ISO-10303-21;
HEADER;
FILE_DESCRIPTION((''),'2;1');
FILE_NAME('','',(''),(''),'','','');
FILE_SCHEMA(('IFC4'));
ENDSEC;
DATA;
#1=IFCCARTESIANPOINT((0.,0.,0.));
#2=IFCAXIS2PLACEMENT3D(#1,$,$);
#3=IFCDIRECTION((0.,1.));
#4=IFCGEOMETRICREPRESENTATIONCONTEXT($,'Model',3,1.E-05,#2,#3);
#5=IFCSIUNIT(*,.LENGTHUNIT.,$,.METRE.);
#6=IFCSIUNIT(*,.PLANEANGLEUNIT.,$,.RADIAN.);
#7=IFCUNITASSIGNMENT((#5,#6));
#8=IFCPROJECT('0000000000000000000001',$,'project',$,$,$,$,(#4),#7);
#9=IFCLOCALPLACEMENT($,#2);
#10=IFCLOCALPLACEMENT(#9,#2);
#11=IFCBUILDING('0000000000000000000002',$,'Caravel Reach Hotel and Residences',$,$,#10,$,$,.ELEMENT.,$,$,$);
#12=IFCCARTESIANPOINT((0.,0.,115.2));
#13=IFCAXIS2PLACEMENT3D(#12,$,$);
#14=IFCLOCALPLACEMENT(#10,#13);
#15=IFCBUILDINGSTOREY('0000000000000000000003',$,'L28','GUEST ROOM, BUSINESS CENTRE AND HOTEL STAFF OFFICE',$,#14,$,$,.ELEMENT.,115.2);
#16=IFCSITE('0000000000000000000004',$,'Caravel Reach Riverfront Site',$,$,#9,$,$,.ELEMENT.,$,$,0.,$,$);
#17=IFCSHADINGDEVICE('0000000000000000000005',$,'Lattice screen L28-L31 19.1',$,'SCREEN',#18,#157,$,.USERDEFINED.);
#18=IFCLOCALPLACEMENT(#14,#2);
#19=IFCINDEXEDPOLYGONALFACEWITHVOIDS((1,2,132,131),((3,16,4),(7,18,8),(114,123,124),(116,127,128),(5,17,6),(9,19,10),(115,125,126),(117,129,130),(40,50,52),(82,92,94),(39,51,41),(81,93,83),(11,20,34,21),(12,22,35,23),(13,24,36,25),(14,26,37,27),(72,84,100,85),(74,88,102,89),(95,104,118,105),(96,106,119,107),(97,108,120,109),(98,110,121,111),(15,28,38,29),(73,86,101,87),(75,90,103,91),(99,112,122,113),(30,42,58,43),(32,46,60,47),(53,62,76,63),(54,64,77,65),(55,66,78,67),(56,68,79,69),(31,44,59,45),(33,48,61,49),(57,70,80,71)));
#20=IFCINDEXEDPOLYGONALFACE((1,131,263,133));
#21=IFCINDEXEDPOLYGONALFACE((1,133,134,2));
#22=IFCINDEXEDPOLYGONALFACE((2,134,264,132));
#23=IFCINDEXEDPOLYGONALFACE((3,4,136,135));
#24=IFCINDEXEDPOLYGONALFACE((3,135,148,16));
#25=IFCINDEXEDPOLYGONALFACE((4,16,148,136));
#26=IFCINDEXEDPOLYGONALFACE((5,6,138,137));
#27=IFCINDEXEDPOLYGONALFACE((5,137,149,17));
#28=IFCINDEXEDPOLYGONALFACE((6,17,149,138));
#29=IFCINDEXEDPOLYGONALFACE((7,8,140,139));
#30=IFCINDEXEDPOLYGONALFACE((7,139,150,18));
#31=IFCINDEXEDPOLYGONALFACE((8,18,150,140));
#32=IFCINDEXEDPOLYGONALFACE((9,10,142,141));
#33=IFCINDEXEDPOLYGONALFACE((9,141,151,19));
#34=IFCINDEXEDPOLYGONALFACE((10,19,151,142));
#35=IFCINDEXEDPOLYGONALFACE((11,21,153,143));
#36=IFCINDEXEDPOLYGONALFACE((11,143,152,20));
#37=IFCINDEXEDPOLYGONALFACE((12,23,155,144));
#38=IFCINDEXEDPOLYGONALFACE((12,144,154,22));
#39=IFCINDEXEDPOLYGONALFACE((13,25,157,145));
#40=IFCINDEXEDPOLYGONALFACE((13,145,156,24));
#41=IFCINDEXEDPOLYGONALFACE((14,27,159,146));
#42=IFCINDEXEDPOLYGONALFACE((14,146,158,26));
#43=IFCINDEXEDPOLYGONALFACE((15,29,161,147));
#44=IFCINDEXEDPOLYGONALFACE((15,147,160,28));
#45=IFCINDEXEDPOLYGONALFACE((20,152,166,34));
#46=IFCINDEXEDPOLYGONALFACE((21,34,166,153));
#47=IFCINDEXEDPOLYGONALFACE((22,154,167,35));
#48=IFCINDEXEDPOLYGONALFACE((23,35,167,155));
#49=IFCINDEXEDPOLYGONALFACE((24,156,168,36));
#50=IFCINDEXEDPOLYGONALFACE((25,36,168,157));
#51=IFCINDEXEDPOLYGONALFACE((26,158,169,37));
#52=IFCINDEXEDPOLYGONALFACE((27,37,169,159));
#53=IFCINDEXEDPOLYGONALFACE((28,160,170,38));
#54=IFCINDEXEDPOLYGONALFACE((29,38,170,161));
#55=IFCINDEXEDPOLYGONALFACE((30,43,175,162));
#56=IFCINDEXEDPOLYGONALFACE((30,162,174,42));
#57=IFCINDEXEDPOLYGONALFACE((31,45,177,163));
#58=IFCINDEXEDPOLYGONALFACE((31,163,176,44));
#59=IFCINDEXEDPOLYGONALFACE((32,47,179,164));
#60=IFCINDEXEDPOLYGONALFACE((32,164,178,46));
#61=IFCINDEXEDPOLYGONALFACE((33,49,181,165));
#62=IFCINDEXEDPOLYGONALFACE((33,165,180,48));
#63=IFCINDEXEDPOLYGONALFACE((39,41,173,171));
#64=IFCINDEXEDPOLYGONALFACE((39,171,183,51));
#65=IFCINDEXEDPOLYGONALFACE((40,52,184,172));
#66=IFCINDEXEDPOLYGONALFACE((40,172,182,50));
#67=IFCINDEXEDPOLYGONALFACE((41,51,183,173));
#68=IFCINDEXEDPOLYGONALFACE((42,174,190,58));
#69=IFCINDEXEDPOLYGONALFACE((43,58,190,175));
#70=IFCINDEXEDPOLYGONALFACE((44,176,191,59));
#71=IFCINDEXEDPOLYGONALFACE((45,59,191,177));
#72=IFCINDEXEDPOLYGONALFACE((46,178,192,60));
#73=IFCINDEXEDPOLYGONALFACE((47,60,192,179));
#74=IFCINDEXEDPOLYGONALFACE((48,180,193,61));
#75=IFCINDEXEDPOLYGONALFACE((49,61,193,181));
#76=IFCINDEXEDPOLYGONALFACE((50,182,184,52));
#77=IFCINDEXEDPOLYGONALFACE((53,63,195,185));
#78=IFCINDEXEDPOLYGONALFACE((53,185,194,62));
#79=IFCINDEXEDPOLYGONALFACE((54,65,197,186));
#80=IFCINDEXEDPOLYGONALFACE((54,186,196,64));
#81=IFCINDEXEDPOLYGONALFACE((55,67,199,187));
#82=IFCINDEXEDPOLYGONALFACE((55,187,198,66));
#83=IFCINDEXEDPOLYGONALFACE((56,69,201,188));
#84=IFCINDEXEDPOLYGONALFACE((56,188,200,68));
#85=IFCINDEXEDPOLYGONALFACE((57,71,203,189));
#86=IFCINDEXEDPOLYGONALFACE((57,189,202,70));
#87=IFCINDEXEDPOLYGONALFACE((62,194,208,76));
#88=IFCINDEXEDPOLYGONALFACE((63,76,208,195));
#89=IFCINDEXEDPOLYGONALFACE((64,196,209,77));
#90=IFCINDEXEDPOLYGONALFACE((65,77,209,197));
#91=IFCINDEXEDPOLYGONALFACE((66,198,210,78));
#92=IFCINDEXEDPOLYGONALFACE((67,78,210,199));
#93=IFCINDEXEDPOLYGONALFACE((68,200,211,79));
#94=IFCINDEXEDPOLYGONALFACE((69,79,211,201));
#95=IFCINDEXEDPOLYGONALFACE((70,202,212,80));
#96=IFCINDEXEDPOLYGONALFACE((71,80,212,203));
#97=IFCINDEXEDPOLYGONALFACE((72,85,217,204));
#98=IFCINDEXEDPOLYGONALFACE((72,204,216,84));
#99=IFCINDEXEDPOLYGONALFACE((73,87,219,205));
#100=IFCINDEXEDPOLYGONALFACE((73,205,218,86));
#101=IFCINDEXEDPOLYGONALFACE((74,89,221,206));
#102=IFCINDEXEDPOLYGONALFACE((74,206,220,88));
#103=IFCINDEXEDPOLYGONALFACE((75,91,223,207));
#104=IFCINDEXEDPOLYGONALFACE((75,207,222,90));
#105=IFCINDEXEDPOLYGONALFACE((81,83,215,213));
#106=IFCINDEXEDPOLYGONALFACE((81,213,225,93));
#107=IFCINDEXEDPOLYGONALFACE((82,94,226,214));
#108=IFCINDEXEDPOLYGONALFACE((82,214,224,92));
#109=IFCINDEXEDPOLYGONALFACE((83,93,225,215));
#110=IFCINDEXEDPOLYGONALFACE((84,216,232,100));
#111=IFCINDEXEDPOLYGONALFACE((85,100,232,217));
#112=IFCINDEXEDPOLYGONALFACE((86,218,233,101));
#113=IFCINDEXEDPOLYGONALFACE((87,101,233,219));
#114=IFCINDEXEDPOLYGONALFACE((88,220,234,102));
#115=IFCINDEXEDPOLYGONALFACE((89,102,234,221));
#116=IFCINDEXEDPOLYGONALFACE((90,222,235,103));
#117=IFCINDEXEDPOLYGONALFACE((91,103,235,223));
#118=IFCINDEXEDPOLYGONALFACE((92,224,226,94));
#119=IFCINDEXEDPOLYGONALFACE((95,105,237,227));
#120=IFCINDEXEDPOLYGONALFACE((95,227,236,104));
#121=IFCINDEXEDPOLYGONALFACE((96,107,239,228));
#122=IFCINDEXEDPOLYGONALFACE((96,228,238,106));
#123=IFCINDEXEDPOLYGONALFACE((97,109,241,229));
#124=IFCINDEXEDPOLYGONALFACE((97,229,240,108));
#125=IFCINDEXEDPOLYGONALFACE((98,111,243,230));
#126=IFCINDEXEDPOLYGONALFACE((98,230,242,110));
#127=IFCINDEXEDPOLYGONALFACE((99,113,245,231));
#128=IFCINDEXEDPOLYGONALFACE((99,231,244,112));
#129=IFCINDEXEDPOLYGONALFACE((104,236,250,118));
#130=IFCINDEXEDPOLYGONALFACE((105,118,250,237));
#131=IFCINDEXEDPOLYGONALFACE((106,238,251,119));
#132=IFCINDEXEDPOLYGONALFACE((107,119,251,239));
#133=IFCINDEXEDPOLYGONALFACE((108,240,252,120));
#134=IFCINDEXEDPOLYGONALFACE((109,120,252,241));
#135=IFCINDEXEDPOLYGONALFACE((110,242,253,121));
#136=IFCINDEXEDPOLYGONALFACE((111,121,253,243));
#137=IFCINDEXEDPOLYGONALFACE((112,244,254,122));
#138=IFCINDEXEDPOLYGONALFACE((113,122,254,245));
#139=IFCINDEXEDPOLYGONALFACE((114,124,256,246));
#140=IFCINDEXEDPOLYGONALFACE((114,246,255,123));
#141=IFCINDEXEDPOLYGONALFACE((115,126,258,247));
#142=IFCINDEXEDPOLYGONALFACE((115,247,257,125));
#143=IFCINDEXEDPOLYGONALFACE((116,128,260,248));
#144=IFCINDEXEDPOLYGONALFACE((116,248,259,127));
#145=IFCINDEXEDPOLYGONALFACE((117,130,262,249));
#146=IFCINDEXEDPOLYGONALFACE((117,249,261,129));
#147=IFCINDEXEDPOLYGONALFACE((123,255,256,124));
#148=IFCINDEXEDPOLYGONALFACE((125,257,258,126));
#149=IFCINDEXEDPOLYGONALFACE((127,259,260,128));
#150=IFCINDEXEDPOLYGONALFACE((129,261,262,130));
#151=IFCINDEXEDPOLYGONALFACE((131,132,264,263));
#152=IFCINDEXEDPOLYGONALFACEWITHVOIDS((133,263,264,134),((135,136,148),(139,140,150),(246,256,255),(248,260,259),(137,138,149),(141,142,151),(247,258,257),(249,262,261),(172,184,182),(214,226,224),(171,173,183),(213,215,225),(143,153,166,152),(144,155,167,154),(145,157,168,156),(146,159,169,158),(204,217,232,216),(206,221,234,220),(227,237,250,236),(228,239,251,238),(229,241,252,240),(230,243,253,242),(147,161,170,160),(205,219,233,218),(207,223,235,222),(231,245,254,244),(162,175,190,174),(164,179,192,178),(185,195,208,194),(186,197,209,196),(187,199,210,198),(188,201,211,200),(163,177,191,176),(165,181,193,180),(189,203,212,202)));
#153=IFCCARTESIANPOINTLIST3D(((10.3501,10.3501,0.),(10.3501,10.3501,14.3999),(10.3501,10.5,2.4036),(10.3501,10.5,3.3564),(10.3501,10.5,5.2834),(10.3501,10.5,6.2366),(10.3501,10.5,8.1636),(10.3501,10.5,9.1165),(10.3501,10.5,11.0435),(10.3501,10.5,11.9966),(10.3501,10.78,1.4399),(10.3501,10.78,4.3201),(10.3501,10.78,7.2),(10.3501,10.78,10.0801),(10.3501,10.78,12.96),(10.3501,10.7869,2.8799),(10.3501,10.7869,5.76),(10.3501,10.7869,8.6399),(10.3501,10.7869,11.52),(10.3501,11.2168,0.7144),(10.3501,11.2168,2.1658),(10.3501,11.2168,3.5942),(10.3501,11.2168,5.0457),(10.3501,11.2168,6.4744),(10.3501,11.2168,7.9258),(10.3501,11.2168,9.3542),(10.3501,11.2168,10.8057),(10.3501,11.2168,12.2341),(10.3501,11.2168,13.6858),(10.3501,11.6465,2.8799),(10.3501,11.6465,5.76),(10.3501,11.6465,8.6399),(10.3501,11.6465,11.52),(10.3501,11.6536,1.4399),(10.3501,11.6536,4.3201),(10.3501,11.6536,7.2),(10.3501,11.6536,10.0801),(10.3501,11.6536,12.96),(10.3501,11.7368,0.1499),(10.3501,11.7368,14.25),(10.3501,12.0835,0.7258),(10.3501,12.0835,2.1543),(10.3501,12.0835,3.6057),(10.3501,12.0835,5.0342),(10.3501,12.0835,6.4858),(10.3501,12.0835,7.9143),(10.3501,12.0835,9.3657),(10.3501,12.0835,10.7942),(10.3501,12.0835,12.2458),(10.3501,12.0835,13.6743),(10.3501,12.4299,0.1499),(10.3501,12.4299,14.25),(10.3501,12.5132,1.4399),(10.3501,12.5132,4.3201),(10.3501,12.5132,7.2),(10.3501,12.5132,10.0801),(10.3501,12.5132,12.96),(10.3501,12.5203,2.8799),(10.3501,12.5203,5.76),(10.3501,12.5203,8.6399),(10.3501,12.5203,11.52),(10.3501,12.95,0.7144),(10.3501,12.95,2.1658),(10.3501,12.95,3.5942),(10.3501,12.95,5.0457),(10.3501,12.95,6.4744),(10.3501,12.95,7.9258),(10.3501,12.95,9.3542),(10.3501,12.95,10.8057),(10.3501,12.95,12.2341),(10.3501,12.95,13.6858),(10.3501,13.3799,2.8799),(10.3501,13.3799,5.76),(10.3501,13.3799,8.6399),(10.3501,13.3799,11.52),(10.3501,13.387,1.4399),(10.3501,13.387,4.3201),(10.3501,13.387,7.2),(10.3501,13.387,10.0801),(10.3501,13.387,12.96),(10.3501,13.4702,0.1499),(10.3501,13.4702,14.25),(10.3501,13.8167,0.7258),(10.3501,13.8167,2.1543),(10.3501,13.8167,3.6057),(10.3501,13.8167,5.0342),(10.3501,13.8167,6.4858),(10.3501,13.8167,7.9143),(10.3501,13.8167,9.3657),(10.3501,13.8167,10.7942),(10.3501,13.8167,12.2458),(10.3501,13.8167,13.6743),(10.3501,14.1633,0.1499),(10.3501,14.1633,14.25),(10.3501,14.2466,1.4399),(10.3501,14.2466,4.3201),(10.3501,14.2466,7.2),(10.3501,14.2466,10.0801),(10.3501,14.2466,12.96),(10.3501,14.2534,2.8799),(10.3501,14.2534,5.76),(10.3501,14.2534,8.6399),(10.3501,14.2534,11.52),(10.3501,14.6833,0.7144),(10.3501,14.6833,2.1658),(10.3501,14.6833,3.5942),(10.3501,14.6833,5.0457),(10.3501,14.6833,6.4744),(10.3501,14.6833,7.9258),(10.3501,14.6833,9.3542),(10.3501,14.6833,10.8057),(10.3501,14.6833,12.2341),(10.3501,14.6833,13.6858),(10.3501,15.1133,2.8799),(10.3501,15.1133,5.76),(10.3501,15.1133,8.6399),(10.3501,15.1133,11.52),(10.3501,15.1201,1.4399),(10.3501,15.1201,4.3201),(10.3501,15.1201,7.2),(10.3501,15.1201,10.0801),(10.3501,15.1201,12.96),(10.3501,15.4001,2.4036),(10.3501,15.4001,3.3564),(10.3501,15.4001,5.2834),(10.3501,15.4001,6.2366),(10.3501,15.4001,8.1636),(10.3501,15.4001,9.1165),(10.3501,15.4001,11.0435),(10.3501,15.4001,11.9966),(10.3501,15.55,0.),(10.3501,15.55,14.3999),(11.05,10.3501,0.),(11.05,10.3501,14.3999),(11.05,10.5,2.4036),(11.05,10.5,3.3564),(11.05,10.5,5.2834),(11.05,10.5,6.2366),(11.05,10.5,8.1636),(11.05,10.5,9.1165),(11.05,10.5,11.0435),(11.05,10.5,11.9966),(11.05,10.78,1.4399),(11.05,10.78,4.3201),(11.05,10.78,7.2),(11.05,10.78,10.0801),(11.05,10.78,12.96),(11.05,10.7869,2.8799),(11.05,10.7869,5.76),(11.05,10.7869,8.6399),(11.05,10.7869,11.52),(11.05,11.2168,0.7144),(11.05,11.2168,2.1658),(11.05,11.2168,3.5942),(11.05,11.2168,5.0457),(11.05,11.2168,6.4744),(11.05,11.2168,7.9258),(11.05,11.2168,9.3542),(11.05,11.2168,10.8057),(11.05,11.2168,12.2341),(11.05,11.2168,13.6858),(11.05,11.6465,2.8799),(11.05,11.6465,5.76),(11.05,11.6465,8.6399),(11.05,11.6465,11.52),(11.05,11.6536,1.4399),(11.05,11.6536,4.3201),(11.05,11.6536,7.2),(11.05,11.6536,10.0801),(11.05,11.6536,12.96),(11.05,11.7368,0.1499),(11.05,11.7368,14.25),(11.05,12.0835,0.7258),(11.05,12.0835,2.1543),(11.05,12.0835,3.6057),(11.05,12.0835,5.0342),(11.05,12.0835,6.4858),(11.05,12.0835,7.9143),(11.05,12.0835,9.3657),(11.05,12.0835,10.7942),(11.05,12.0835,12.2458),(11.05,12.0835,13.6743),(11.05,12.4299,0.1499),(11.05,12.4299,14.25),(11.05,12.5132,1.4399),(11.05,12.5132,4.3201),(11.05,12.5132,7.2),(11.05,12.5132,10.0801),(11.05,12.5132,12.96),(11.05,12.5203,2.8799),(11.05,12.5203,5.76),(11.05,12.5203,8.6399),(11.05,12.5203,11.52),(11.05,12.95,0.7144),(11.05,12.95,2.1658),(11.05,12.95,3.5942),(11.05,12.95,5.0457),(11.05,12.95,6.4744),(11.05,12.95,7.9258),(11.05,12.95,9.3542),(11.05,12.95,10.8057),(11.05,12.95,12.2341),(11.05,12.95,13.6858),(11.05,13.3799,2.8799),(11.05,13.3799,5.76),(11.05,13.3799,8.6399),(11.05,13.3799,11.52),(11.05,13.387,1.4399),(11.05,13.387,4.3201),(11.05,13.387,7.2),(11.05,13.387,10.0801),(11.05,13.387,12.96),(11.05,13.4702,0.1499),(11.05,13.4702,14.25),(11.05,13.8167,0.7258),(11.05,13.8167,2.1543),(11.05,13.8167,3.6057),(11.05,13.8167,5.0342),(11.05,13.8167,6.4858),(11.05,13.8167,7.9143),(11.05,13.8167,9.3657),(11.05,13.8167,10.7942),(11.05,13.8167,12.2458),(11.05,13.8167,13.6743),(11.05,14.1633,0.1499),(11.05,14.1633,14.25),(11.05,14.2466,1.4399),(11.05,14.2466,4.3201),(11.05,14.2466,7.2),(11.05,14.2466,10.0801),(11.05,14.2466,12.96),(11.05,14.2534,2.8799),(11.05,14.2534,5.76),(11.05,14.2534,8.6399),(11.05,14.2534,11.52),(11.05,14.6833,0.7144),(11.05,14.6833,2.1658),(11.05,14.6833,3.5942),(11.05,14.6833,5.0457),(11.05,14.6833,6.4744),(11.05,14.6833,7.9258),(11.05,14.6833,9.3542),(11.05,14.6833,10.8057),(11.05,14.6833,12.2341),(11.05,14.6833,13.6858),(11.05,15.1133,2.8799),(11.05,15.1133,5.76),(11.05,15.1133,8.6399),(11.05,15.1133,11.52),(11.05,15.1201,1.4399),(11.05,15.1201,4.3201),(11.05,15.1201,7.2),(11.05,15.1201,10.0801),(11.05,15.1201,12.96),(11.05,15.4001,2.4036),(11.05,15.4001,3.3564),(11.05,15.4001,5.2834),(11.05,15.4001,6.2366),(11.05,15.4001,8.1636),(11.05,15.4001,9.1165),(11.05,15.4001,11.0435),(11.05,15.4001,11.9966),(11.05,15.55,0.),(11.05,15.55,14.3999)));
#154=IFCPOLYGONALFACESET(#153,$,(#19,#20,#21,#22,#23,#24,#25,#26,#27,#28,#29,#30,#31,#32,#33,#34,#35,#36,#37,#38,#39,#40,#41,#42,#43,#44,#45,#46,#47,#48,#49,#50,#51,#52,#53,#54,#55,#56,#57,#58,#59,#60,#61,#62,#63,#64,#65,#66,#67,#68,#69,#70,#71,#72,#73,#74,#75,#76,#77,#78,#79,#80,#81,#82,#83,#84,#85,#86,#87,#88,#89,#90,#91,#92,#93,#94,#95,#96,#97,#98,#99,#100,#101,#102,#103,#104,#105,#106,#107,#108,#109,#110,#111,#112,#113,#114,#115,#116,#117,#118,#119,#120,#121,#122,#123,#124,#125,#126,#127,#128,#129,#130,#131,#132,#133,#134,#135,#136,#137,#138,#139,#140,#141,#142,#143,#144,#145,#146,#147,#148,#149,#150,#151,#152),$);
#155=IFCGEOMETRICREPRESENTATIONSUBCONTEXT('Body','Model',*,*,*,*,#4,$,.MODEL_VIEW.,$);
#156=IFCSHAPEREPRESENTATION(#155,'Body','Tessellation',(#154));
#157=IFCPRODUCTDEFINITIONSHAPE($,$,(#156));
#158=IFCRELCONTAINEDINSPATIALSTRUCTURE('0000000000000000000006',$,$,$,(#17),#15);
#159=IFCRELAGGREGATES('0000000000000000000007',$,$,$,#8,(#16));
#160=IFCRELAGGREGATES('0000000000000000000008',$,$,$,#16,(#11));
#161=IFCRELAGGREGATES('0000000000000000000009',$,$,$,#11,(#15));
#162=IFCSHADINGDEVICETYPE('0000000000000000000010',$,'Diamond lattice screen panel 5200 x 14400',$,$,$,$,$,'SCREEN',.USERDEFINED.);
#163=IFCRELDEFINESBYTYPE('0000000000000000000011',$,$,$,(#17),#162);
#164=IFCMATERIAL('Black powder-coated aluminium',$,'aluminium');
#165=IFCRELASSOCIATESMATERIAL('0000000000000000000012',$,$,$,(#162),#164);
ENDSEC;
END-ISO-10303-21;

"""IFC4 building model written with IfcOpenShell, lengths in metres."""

from ifc_helpers import new_model, si_unit, direction, frame, origin, place, context, subcontext, project, spatial, polyline, outline, extrude, material, type_object, element, save


model = new_model("IFC4")

# Units and contexts
model_context = context("Model", 3, precision=1e-05, world=origin(), true_north=direction((0.0, 1.0)))
body_context = subcontext(model_context, "Body", "Model", "MODEL_VIEW")
ifc_project = project(units=[si_unit("LENGTHUNIT", "METRE"), si_unit("PLANEANGLEUNIT", "RADIAN")], contexts=[model_context])

# Site, building, storey
site_placement = place(None, origin())
site = spatial("IfcSite", under=ifc_project, at=site_placement, Name="Caravel Reach Riverfront Site", CompositionType="ELEMENT", RefElevation=0.0)
building_placement = place(site_placement, origin())
building = spatial("IfcBuilding", under=site, at=building_placement, Name="Caravel Reach Hotel and Residences", CompositionType="ELEMENT")
storey_placement = place(building_placement, frame((0.0, 0.0, 115.2)))
storey = spatial("IfcBuildingStorey", under=building, at=storey_placement, Name="L28", Description="GUEST ROOM, BUSINESS CENTRE AND HOTEL STAFF OFFICE", CompositionType="ELEMENT", Elevation=115.2)

# Shading device
ifc_material_1 = material(Name="Black powder-coated aluminium", Category="aluminium")
shading_device_type_1 = type_object("IfcShadingDeviceType", Name="Diamond lattice screen panel 5200 x 14400", ElementType="SCREEN", PredefinedType="USERDEFINED", material=ifc_material_1)
shading_device_1_placement = place(storey_placement, frame((11.05, 15.55, 0.0), z_axis=(-1.0, 0.0, 0.0), x_axis=(0.0, -1.0, 0.0)))
element("IfcShadingDevice", 1, at=shading_device_1_placement, inside=storey, type_object=shading_device_type_1, Name="Lattice screen L28-L31 19.1", ObjectType="SCREEN", PredefinedType="USERDEFINED", context=body_context, shape_type="SweptSolid", body=[
    extrude(outline(polyline([(0.0, 0.0), (5.2, 0.0), (5.2, 14.3999), (0.0, 14.3999), (0.0, 0.0)]), holes=[polyline([(0.4368, 2.8799), (0.1499, 3.3564), (0.1499, 2.4036), (0.4368, 2.8799)]), polyline([(0.4368, 5.76), (0.1499, 6.2366), (0.1499, 5.2834), (0.4368, 5.76)]), polyline([(0.4368, 8.6399), (0.1499, 9.1165), (0.1499, 8.1636), (0.4368, 8.6399)]), polyline([(0.4368, 11.52), (0.1499, 11.9966), (0.1499, 11.0435), (0.4368, 11.52)]), polyline([(0.8667, 2.1658), (0.4299, 1.4399), (0.8667, 0.7144), (1.3035, 1.4399), (0.8667, 2.1658)]), polyline([(0.8667, 5.0457), (0.4299, 4.3201), (0.8667, 3.5942), (1.3035, 4.3201), (0.8667, 5.0457)]), polyline([(0.8667, 7.9258), (0.4299, 7.2), (0.8667, 6.4744), (1.3035, 7.2), (0.8667, 7.9258)]), polyline([(0.8667, 10.8057), (0.4299, 10.0801), (0.8667, 9.3542), (1.3035, 10.0801), (0.8667, 10.8057)]), polyline([(0.8667, 13.6858), (0.4299, 12.96), (0.8667, 12.2341), (1.3035, 12.96), (0.8667, 13.6858)]), polyline([(1.7334, 0.7258), (1.3867, 0.1499), (2.0798, 0.1499), (1.7334, 0.7258)]), polyline([(1.7334, 3.6057), (1.2966, 2.8799), (1.7334, 2.1543), (2.1702, 2.8799), (1.7334, 3.6057)]), polyline([(1.7334, 6.4858), (1.2966, 5.76), (1.7334, 5.0342), (2.1702, 5.76), (1.7334, 6.4858)]), polyline([(1.7334, 9.3657), (1.2966, 8.6399), (1.7334, 7.9143), (2.1702, 8.6399), (1.7334, 9.3657)]), polyline([(1.7334, 12.2458), (1.2966, 11.52), (1.7334, 10.7942), (2.1702, 11.52), (1.7334, 12.2458)]), polyline([(1.7334, 13.6743), (2.0798, 14.25), (1.3867, 14.25), (1.7334, 13.6743)]), polyline([(2.6001, 2.1658), (2.1631, 1.4399), (2.6001, 0.7144), (3.0369, 1.4399), (2.6001, 2.1658)]), polyline([(2.6001, 5.0457), (2.1631, 4.3201), (2.6001, 3.5942), (3.0369, 4.3201), (2.6001, 5.0457)]), polyline([(2.6001, 7.9258), (2.1631, 7.2), (2.6001, 6.4744), (3.0369, 7.2), (2.6001, 7.9258)]), polyline([(2.6001, 10.8057), (2.1631, 10.0801), (2.6001, 9.3542), (3.0369, 10.0801), (2.6001, 10.8057)]), polyline([(2.6001, 13.6858), (2.1631, 12.96), (2.6001, 12.2341), (3.0369, 12.96), (2.6001, 13.6858)]), polyline([(3.4666, 0.7258), (3.1201, 0.1499), (3.8132, 0.1499), (3.4666, 0.7258)]), polyline([(3.4666, 3.6057), (3.0298, 2.8799), (3.4666, 2.1543), (3.9036, 2.8799), (3.4666, 3.6057)]), polyline([(3.4666, 6.4858), (3.0298, 5.76), (3.4666, 5.0342), (3.9036, 5.76), (3.4666, 6.4858)]), polyline([(3.4666, 9.3657), (3.0298, 8.6399), (3.4666, 7.9143), (3.9036, 8.6399), (3.4666, 9.3657)]), polyline([(3.4666, 12.2458), (3.0298, 11.52), (3.4666, 10.7942), (3.9036, 11.52), (3.4666, 12.2458)]), polyline([(3.4666, 13.6743), (3.8132, 14.25), (3.1201, 14.25), (3.4666, 13.6743)]), polyline([(4.3333, 2.1658), (3.8965, 1.4399), (4.3333, 0.7144), (4.77, 1.4399), (4.3333, 2.1658)]), polyline([(4.3333, 5.0457), (3.8965, 4.3201), (4.3333, 3.5942), (4.77, 4.3201), (4.3333, 5.0457)]), polyline([(4.3333, 7.9258), (3.8965, 7.2), (4.3333, 6.4744), (4.77, 7.2), (4.3333, 7.9258)]), polyline([(4.3333, 10.8057), (3.8965, 10.0801), (4.3333, 9.3542), (4.77, 10.0801), (4.3333, 10.8057)]), polyline([(4.3333, 13.6858), (3.8965, 12.96), (4.3333, 12.2341), (4.77, 12.96), (4.3333, 13.6858)]), polyline([(4.7632, 2.8799), (5.05, 2.4036), (5.05, 3.3564), (4.7632, 2.8799)]), polyline([(4.7632, 5.76), (5.05, 5.2834), (5.05, 6.2366), (4.7632, 5.76)]), polyline([(4.7632, 8.6399), (5.05, 8.1636), (5.05, 9.1165), (4.7632, 8.6399)]), polyline([(4.7632, 11.52), (5.05, 11.0435), (5.05, 11.9966), (4.7632, 11.52)])]), origin(), (0.0, 0.0, 1.0), 0.7),
])

save(model, "model.ifc")
